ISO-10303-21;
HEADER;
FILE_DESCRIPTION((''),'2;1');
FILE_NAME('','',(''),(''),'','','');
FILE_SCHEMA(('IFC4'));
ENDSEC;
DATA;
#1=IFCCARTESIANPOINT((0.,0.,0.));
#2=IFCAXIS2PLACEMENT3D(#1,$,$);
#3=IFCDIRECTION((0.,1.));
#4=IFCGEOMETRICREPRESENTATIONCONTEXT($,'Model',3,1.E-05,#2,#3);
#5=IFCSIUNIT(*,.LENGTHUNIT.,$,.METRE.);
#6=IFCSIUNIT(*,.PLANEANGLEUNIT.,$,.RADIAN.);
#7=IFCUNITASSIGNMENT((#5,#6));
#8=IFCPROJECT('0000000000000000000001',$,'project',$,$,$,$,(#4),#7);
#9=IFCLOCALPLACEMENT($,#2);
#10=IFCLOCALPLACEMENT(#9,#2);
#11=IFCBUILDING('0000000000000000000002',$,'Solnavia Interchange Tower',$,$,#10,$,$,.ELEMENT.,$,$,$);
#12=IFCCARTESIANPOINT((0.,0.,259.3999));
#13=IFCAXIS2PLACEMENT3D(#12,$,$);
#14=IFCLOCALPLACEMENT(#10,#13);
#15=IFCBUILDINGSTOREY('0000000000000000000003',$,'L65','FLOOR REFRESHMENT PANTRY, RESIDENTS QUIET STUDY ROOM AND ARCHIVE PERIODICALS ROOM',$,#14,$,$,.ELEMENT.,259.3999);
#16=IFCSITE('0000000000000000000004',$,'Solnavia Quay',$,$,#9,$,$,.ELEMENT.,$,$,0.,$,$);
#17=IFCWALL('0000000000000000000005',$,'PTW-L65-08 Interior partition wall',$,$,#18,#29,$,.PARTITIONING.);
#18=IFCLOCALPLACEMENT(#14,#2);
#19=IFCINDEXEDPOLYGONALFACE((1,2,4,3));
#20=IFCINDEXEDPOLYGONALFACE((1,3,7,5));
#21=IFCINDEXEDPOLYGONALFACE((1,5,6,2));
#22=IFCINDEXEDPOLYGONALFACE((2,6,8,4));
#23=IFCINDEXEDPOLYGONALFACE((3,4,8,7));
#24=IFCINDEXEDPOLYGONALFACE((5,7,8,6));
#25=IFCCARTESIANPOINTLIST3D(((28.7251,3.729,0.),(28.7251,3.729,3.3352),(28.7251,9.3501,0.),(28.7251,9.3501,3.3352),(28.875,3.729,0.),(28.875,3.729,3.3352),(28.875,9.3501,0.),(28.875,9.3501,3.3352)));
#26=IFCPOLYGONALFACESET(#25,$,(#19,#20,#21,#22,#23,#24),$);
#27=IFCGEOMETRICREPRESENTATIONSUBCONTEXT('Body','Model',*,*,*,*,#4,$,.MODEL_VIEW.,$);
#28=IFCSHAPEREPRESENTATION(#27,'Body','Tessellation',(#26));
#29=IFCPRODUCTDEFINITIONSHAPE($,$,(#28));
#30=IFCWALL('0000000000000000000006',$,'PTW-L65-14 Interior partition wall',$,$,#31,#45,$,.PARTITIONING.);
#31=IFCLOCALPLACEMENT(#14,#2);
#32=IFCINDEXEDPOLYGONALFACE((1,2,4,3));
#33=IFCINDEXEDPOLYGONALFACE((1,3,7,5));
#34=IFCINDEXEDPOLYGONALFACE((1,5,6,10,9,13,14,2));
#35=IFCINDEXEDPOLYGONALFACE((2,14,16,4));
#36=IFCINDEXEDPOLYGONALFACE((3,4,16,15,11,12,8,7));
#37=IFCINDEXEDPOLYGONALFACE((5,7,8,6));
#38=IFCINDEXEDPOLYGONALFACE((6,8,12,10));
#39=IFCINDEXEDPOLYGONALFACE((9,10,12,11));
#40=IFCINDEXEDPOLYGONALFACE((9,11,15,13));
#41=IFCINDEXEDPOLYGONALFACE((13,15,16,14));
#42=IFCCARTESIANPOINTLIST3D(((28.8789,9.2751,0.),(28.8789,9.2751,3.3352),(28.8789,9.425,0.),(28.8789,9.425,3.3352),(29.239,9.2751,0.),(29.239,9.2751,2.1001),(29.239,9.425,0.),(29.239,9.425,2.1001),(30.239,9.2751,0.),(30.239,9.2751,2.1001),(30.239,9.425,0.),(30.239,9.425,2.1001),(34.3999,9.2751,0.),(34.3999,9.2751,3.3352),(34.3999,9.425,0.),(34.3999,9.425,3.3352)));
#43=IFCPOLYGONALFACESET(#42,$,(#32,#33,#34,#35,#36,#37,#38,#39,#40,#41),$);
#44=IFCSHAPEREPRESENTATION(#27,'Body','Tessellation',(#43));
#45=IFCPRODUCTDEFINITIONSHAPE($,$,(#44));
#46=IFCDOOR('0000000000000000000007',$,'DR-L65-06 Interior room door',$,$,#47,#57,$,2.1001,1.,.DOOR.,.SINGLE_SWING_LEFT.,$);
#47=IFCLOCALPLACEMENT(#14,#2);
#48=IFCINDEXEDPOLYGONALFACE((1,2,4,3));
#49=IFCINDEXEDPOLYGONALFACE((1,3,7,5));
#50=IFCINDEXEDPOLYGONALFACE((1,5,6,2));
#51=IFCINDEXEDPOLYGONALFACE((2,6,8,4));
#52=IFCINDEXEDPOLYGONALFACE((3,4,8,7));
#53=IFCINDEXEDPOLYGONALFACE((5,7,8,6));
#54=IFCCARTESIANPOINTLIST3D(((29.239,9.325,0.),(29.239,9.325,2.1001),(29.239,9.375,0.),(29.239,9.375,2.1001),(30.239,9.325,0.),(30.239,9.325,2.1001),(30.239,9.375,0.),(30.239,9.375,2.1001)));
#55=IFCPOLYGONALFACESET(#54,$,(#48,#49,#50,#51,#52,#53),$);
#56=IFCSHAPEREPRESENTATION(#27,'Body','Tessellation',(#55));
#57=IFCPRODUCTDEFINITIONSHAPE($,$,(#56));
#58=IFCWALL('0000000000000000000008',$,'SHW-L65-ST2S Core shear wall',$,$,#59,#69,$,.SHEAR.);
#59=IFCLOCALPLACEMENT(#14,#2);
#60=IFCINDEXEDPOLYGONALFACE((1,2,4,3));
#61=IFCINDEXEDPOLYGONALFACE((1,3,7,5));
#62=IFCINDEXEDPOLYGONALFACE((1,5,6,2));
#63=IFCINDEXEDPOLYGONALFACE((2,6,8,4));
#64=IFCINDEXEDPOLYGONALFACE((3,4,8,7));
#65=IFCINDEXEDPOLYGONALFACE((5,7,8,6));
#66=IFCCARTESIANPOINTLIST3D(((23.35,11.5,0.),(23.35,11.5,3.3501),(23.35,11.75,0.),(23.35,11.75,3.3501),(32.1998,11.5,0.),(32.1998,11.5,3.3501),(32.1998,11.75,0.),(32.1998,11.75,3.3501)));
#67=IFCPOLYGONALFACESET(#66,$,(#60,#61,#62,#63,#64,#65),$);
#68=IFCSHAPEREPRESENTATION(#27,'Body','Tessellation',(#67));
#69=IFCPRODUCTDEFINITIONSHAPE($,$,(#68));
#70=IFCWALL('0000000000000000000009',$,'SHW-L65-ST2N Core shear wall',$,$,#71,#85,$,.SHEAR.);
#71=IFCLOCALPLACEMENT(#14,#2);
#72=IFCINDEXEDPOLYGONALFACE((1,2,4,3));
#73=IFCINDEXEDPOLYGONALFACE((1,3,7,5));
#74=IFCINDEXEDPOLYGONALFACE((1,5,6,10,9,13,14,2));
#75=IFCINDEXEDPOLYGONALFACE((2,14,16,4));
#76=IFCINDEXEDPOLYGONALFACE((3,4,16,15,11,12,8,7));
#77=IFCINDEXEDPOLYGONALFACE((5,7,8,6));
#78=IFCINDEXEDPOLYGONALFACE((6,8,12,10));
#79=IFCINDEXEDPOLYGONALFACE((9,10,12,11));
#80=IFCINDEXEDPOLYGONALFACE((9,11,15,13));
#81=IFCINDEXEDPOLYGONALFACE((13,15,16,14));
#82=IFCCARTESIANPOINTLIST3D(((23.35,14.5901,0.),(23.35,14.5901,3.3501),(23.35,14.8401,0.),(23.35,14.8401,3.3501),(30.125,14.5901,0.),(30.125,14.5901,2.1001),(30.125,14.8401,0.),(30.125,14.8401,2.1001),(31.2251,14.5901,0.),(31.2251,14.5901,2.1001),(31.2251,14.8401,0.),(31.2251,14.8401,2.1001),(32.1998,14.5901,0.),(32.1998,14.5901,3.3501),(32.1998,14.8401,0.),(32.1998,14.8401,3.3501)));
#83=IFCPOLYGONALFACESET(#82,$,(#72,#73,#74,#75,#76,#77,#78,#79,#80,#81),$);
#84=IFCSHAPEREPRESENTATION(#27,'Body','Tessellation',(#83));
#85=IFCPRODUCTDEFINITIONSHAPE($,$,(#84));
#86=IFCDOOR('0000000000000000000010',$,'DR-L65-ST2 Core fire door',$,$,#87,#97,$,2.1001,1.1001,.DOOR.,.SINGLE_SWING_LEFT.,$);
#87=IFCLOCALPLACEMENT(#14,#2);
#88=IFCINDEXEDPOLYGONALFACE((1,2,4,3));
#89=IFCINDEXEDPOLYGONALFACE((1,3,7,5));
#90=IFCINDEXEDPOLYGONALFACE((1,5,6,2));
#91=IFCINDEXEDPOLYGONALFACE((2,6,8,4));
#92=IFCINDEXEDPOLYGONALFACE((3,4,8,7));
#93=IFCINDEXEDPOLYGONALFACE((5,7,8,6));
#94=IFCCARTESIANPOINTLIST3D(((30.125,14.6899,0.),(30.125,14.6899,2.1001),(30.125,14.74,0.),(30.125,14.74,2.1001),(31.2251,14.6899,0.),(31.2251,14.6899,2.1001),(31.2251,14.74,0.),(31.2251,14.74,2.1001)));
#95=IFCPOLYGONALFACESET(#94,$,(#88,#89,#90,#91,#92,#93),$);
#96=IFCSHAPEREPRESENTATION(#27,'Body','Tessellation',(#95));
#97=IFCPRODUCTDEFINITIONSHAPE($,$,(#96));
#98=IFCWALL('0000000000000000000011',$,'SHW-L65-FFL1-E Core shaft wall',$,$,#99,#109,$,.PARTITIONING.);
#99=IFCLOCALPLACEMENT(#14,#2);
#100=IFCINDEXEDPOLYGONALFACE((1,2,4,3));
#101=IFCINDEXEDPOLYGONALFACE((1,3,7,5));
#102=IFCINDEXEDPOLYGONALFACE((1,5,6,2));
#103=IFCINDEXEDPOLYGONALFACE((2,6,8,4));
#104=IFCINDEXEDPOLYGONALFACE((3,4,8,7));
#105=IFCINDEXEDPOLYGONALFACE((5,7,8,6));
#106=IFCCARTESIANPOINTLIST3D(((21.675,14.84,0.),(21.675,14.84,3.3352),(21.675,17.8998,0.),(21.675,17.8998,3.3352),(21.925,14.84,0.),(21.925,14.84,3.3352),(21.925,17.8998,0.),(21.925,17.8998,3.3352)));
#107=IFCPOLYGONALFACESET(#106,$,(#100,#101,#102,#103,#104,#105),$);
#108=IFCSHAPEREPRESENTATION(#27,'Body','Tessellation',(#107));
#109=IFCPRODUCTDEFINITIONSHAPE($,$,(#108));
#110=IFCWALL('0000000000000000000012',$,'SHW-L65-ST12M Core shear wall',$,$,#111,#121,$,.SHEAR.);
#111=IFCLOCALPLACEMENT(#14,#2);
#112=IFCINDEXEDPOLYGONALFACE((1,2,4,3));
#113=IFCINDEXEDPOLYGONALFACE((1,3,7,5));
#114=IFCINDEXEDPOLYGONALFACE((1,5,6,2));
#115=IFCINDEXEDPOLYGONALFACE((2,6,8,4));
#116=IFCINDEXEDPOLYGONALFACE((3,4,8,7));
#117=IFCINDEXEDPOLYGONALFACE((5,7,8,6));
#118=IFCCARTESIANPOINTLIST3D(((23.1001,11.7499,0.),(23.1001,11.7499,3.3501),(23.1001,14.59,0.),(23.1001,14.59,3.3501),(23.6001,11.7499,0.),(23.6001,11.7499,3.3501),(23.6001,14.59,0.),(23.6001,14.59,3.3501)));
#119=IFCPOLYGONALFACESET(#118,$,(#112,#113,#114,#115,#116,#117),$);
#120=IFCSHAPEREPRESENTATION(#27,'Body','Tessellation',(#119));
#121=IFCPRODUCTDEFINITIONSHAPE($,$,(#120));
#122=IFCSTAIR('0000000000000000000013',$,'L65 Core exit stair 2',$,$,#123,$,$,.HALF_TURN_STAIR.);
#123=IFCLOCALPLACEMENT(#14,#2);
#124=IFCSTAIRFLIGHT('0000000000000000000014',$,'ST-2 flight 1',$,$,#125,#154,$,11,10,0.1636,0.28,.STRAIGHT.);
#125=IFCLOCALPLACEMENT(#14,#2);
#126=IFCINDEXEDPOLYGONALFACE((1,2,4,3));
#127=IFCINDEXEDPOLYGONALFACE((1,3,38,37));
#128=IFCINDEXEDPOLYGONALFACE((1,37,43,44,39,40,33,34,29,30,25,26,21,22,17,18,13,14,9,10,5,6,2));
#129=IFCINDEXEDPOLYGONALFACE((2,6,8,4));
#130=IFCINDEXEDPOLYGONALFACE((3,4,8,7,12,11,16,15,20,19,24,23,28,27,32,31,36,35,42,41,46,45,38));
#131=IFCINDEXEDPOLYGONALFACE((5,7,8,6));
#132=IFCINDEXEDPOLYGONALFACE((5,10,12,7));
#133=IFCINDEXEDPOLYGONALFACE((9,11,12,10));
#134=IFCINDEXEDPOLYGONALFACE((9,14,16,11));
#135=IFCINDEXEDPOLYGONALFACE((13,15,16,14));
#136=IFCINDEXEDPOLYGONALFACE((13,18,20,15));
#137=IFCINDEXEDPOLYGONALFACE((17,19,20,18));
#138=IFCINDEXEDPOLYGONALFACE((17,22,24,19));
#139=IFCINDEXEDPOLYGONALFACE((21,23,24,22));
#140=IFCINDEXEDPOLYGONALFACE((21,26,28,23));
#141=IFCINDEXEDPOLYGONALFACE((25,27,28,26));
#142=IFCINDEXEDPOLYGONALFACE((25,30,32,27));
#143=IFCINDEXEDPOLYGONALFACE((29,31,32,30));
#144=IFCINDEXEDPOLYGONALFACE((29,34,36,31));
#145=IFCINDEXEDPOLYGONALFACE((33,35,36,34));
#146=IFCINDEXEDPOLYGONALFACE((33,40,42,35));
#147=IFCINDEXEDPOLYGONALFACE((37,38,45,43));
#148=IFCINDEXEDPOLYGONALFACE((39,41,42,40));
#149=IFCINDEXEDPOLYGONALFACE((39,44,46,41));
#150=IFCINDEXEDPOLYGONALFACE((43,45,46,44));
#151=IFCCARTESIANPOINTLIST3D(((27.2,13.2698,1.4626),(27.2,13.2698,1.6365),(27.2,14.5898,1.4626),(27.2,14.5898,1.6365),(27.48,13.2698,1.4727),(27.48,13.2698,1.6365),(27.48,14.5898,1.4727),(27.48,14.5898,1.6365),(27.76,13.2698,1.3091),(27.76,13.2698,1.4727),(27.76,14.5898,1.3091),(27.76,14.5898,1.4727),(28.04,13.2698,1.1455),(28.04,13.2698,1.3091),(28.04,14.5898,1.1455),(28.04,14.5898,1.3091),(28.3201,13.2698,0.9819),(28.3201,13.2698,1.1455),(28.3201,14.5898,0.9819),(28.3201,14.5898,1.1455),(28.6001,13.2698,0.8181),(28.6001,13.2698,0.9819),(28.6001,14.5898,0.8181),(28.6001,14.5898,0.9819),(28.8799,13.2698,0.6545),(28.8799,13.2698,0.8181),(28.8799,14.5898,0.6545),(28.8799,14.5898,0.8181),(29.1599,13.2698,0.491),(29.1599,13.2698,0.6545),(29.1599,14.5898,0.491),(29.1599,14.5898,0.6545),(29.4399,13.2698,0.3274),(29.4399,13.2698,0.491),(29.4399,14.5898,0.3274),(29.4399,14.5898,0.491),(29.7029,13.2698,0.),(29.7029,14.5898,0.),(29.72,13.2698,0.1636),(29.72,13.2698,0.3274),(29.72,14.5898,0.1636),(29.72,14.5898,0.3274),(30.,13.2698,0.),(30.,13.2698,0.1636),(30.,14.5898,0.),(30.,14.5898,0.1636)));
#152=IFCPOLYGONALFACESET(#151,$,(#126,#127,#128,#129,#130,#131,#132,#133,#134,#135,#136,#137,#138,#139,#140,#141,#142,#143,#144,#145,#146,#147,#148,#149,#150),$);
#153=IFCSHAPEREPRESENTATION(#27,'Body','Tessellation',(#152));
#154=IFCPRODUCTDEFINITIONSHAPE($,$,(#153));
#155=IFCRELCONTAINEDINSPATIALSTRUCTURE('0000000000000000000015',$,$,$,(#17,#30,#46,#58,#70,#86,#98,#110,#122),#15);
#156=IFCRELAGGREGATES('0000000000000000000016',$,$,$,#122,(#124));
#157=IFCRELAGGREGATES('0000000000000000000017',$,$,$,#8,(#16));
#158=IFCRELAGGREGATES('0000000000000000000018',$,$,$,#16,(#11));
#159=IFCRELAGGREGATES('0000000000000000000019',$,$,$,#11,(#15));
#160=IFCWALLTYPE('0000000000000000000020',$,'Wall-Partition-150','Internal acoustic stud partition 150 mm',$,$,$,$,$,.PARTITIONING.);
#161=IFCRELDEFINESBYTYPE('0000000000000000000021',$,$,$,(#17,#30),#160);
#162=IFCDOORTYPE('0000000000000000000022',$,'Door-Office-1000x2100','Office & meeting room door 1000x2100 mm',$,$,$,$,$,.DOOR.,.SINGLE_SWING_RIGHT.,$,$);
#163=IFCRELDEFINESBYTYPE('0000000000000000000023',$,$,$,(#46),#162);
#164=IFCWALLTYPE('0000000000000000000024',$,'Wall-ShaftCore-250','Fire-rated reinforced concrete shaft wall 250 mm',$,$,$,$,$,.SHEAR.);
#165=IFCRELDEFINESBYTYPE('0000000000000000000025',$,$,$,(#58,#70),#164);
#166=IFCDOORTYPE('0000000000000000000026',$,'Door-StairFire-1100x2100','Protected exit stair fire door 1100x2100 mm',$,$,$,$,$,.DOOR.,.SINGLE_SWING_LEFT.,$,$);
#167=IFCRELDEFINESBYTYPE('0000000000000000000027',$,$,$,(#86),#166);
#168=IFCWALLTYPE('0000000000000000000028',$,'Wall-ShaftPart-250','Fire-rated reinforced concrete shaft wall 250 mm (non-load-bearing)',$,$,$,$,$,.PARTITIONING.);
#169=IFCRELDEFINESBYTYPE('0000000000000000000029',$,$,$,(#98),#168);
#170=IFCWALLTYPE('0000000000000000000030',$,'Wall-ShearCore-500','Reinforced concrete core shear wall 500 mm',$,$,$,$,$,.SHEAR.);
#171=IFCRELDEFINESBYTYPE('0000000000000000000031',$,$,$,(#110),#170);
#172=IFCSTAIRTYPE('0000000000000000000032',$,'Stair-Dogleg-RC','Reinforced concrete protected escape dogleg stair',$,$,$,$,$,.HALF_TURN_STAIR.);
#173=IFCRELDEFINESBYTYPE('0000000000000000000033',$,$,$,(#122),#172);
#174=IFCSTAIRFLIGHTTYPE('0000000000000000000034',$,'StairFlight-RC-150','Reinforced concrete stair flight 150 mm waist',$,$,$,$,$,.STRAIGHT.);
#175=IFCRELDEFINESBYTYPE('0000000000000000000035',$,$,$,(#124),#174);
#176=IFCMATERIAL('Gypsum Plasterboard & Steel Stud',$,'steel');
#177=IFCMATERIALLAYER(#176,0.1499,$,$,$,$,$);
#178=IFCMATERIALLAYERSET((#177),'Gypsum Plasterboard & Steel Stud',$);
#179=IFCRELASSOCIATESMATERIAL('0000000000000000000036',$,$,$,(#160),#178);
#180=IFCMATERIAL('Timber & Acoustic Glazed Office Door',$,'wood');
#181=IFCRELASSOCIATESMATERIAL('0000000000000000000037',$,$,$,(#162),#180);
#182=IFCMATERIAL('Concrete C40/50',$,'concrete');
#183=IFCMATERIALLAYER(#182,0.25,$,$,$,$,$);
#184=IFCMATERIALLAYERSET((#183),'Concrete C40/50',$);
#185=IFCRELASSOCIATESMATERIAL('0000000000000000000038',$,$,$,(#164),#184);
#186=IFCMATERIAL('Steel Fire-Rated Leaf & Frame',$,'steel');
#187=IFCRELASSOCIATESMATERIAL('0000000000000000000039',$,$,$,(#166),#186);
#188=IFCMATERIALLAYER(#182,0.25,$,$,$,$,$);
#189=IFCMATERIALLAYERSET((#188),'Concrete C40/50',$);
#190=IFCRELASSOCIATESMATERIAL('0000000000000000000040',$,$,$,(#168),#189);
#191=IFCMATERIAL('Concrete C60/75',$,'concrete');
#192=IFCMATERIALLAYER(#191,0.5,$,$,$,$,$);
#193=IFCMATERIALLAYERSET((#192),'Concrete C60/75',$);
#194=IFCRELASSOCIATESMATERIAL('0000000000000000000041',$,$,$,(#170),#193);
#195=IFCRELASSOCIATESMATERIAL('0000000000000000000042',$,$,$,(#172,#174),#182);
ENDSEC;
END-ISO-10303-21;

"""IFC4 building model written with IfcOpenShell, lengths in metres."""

from ifc_helpers import new_model, si_unit, direction, frame, frame_2d, origin, place, context, subcontext, project, spatial, polyline, rectangle, outline, extrude, material, layer, layer_set, type_object, element, fill, aggregate, save


model = new_model("IFC4")

# Units and contexts
model_context = context("Model", 3, precision=1e-05, world=origin(), true_north=direction((0.0, 1.0)))
body_context = subcontext(model_context, "Body", "Model", "MODEL_VIEW")
ifc_project = project(units=[si_unit("LENGTHUNIT", "METRE"), si_unit("PLANEANGLEUNIT", "RADIAN")], contexts=[model_context])

# Site, building, storey
site_placement = place(None, origin())
site = spatial("IfcSite", under=ifc_project, at=site_placement, Name="Solnavia Quay", CompositionType="ELEMENT", RefElevation=0.0)
building_placement = place(site_placement, origin())
building = spatial("IfcBuilding", under=site, at=building_placement, Name="Solnavia Interchange Tower", CompositionType="ELEMENT")
storey_placement = place(building_placement, frame((0.0, 0.0, 259.3999)))
storey = spatial("IfcBuildingStorey", under=building, at=storey_placement, Name="L65", Description="FLOOR REFRESHMENT PANTRY, RESIDENTS QUIET STUDY ROOM AND ARCHIVE PERIODICALS ROOM", CompositionType="ELEMENT", Elevation=259.3999)

# Shared definitions
ifc_material_1 = material(Name="Concrete C40/50", Category="concrete")

# Wall
ifc_material_2 = material(Name="Gypsum Plasterboard & Steel Stud", Category="steel")
ifc_layer_1 = layer(ifc_material_2, 0.1499)
ifc_layer_set_1 = layer_set([ifc_layer_1], Name="Gypsum Plasterboard & Steel Stud")
wall_type_1 = type_object("IfcWallType", Name="Wall-Partition-150", Description="Internal acoustic stud partition 150 mm", PredefinedType="PARTITIONING", material=ifc_layer_set_1)
wall_1_placement = place(storey_placement, frame((28.8, 9.3501, 0.0), z_axis=(0.0, 0.0, 1.0), x_axis=(0.0, -1.0, 0.0)))
element("IfcWall", 1, at=wall_1_placement, inside=storey, type_object=wall_type_1, Name="PTW-L65-08 Interior partition wall", PredefinedType="PARTITIONING", context=body_context, shape_type="SweptSolid", body=[
    extrude(rectangle(XDim=5.6211, YDim=0.1499, at=frame_2d((2.8105, 0.0))), origin(), (0.0, 0.0, 1.0), 3.3352),
])

# Wall, opening, door
wall_2_placement = place(storey_placement, frame((28.8789, 9.3501, 0.0), z_axis=(0.0, 0.0, 1.0), x_axis=(1.0, 0.0, 0.0)))
wall_2 = element("IfcWall", 2, at=wall_2_placement, inside=storey, type_object=wall_type_1, Name="PTW-L65-14 Interior partition wall", PredefinedType="PARTITIONING", context=body_context, shape_type="SweptSolid", body=[
    extrude(rectangle(XDim=5.521, YDim=0.1499, at=frame_2d((2.7605, 0.0))), origin(), (0.0, 0.0, 1.0), 3.3352),
])
opening_1_placement = place(wall_2_placement, frame((0.3601, 0.0, 0.0)))
opening_1 = element("IfcOpeningElement", 3, at=opening_1_placement, cuts=wall_2, PredefinedType="OPENING", context=body_context, shape_type="SweptSolid", body=[
    extrude(rectangle(XDim=1.0, YDim=2.1001, at=frame_2d((0.5, 1.05))), frame((0.0, 0.085, 0.0), z_axis=(0.0, -1.0, 0.0), x_axis=(1.0, 0.0, 0.0)), (0.0, 0.0, 1.0), 0.1699),
])
ifc_material_3 = material(Name="Timber & Acoustic Glazed Office Door", Category="wood")
door_type_1 = type_object("IfcDoorType", Name="Door-Office-1000x2100", Description="Office & meeting room door 1000x2100 mm", OperationType="SINGLE_SWING_RIGHT", PredefinedType="DOOR", material=ifc_material_3)
door_1_placement = place(opening_1_placement, origin())
door_1 = element("IfcDoor", 4, at=door_1_placement, inside=storey, type_object=door_type_1, Name="DR-L65-06 Interior room door", OperationType="SINGLE_SWING_LEFT", OverallHeight=2.1001, OverallWidth=1.0, PredefinedType="DOOR", context=body_context, shape_type="SweptSolid", body=[
    extrude(rectangle(XDim=1.0, YDim=2.1001, at=frame_2d((0.5, 1.05))), frame((0.0, 0.0249, 0.0), z_axis=(0.0, -1.0, 0.0), x_axis=(1.0, 0.0, 0.0)), (0.0, 0.0, 1.0), 0.05),
])
fill(opening_1, door_1)

# Wall
ifc_layer_2 = layer(ifc_material_1, 0.25)
ifc_layer_set_2 = layer_set([ifc_layer_2], Name="Concrete C40/50")
wall_type_2 = type_object("IfcWallType", Name="Wall-ShaftCore-250", Description="Fire-rated reinforced concrete shaft wall 250 mm", PredefinedType="SHEAR", material=ifc_layer_set_2)
wall_3_placement = place(storey_placement, frame((23.3501, 11.625, 0.0), z_axis=(0.0, 0.0, 1.0), x_axis=(1.0, 0.0, 0.0)))
element("IfcWall", 5, at=wall_3_placement, inside=storey, type_object=wall_type_2, Name="SHW-L65-ST2S Core shear wall", PredefinedType="SHEAR", context=body_context, shape_type="SweptSolid", body=[
    extrude(rectangle(XDim=8.8499, YDim=0.25, at=frame_2d((4.4248, 0.0))), origin(), (0.0, 0.0, 1.0), 3.3501),
])

# Wall, opening, door
wall_4_placement = place(storey_placement, frame((23.3501, 14.7151, 0.0), z_axis=(0.0, 0.0, 1.0), x_axis=(1.0, 0.0, 0.0)))
wall_4 = element("IfcWall", 6, at=wall_4_placement, inside=storey, type_object=wall_type_2, Name="SHW-L65-ST2N Core shear wall", PredefinedType="SHEAR", context=body_context, shape_type="SweptSolid", body=[
    extrude(rectangle(XDim=8.8499, YDim=0.25, at=frame_2d((4.4248, 0.0))), origin(), (0.0, 0.0, 1.0), 3.3501),
])
opening_2_placement = place(wall_4_placement, frame((6.7749, 0.0, 0.0)))
opening_2 = element("IfcOpeningElement", 7, at=opening_2_placement, cuts=wall_4, PredefinedType="OPENING", context=body_context, shape_type="SweptSolid", body=[
    extrude(rectangle(XDim=1.1001, YDim=2.1001, at=frame_2d((0.55, 1.05))), frame((0.0, 0.135, 0.0), z_axis=(0.0, -1.0, 0.0), x_axis=(1.0, 0.0, 0.0)), (0.0, 0.0, 1.0), 0.27),
])
ifc_material_4 = material(Name="Steel Fire-Rated Leaf & Frame", Category="steel")
door_type_2 = type_object("IfcDoorType", Name="Door-StairFire-1100x2100", Description="Protected exit stair fire door 1100x2100 mm", OperationType="SINGLE_SWING_LEFT", PredefinedType="DOOR", material=ifc_material_4)
door_2_placement = place(opening_2_placement, origin())
door_2 = element("IfcDoor", 8, at=door_2_placement, inside=storey, type_object=door_type_2, Name="DR-L65-ST2 Core fire door", OperationType="SINGLE_SWING_LEFT", OverallHeight=2.1001, OverallWidth=1.1001, PredefinedType="DOOR", context=body_context, shape_type="SweptSolid", body=[
    extrude(rectangle(XDim=1.1001, YDim=2.1001, at=frame_2d((0.55, 1.05))), frame((0.0, 0.0249, 0.0), z_axis=(0.0, -1.0, 0.0), x_axis=(1.0, 0.0, 0.0)), (0.0, 0.0, 1.0), 0.05),
])
fill(opening_2, door_2)

# Walls
ifc_layer_3 = layer(ifc_material_1, 0.25)
ifc_layer_set_3 = layer_set([ifc_layer_3], Name="Concrete C40/50")
wall_type_3 = type_object("IfcWallType", Name="Wall-ShaftPart-250", Description="Fire-rated reinforced concrete shaft wall 250 mm (non-load-bearing)", PredefinedType="PARTITIONING", material=ifc_layer_set_3)
wall_5_placement = place(storey_placement, frame((21.8, 14.8401, 0.0), z_axis=(0.0, 0.0, 1.0), x_axis=(0.0, 1.0, 0.0)))
element("IfcWall", 9, at=wall_5_placement, inside=storey, type_object=wall_type_3, Name="SHW-L65-FFL1-E Core shaft wall", PredefinedType="PARTITIONING", context=body_context, shape_type="SweptSolid", body=[
    extrude(rectangle(XDim=3.0598, YDim=0.25, at=frame_2d((1.5298, 0.0))), origin(), (0.0, 0.0, 1.0), 3.3352),
])
ifc_material_5 = material(Name="Concrete C60/75", Category="concrete")
ifc_layer_4 = layer(ifc_material_5, 0.5)
ifc_layer_set_4 = layer_set([ifc_layer_4], Name="Concrete C60/75")
wall_type_4 = type_object("IfcWallType", Name="Wall-ShearCore-500", Description="Reinforced concrete core shear wall 500 mm", PredefinedType="SHEAR", material=ifc_layer_set_4)
wall_6_placement = place(storey_placement, frame((23.3501, 11.75, 0.0), z_axis=(0.0, 0.0, 1.0), x_axis=(0.0, 1.0, 0.0)))
element("IfcWall", 10, at=wall_6_placement, inside=storey, type_object=wall_type_4, Name="SHW-L65-ST12M Core shear wall", PredefinedType="SHEAR", context=body_context, shape_type="SweptSolid", body=[
    extrude(rectangle(XDim=2.8401, YDim=0.5, at=frame_2d((1.4199, 0.0))), origin(), (0.0, 0.0, 1.0), 3.3501),
])

# Stair, stair flight
stair_type = type_object("IfcStairType", Name="Stair-Dogleg-RC", Description="Reinforced concrete protected escape dogleg stair", PredefinedType="HALF_TURN_STAIR", material=ifc_material_1)
stair_placement = place(storey_placement, origin())
stair = element("IfcStair", 11, at=stair_placement, inside=storey, type_object=stair_type, Name="L65 Core exit stair 2", PredefinedType="HALF_TURN_STAIR")
stair_flight_type = type_object("IfcStairFlightType", Name="StairFlight-RC-150", Description="Reinforced concrete stair flight 150 mm waist", PredefinedType="STRAIGHT", material=ifc_material_1)
stair_flight_1_placement = place(storey_placement, frame((30.0, 13.9299, 0.0), z_axis=(0.0, 0.0, 1.0), x_axis=(-1.0, 0.0, 0.0)))
stair_flight_1 = element("IfcStairFlight", 12, at=stair_flight_1_placement, type_object=stair_flight_type, Name="ST-2 flight 1", NumberOfRisers=11, NumberOfTreads=10, PredefinedType="STRAIGHT", RiserHeight=0.1636, TreadLength=0.28, context=body_context, shape_type="SweptSolid", body=[
    extrude(outline(polyline([(0.0, 0.0), (0.0, 0.1636), (0.28, 0.1636), (0.28, 0.3274), (0.5601, 0.3274), (0.5601, 0.491), (0.8401, 0.491), (0.8401, 0.6545), (1.1201, 0.6545), (1.1201, 0.8181), (1.3999, 0.8181), (1.3999, 0.9819), (1.6799, 0.9819), (1.6799, 1.1455), (1.96, 1.1455), (1.96, 1.3091), (2.24, 1.3091), (2.24, 1.4727), (2.52, 1.4727), (2.52, 1.6365), (2.8, 1.6365), (2.8, 1.8), (2.8, 1.4626), (0.2971, 0.0), (0.0, 0.0)])), frame((0.0, 0.6602, 0.0), z_axis=(0.0, -1.0, 0.0), x_axis=(1.0, 0.0, 0.0)), (0.0, 0.0, 1.0), 1.3201),
])
aggregate(stair, [stair_flight_1])

save(model, "model.ifc")
